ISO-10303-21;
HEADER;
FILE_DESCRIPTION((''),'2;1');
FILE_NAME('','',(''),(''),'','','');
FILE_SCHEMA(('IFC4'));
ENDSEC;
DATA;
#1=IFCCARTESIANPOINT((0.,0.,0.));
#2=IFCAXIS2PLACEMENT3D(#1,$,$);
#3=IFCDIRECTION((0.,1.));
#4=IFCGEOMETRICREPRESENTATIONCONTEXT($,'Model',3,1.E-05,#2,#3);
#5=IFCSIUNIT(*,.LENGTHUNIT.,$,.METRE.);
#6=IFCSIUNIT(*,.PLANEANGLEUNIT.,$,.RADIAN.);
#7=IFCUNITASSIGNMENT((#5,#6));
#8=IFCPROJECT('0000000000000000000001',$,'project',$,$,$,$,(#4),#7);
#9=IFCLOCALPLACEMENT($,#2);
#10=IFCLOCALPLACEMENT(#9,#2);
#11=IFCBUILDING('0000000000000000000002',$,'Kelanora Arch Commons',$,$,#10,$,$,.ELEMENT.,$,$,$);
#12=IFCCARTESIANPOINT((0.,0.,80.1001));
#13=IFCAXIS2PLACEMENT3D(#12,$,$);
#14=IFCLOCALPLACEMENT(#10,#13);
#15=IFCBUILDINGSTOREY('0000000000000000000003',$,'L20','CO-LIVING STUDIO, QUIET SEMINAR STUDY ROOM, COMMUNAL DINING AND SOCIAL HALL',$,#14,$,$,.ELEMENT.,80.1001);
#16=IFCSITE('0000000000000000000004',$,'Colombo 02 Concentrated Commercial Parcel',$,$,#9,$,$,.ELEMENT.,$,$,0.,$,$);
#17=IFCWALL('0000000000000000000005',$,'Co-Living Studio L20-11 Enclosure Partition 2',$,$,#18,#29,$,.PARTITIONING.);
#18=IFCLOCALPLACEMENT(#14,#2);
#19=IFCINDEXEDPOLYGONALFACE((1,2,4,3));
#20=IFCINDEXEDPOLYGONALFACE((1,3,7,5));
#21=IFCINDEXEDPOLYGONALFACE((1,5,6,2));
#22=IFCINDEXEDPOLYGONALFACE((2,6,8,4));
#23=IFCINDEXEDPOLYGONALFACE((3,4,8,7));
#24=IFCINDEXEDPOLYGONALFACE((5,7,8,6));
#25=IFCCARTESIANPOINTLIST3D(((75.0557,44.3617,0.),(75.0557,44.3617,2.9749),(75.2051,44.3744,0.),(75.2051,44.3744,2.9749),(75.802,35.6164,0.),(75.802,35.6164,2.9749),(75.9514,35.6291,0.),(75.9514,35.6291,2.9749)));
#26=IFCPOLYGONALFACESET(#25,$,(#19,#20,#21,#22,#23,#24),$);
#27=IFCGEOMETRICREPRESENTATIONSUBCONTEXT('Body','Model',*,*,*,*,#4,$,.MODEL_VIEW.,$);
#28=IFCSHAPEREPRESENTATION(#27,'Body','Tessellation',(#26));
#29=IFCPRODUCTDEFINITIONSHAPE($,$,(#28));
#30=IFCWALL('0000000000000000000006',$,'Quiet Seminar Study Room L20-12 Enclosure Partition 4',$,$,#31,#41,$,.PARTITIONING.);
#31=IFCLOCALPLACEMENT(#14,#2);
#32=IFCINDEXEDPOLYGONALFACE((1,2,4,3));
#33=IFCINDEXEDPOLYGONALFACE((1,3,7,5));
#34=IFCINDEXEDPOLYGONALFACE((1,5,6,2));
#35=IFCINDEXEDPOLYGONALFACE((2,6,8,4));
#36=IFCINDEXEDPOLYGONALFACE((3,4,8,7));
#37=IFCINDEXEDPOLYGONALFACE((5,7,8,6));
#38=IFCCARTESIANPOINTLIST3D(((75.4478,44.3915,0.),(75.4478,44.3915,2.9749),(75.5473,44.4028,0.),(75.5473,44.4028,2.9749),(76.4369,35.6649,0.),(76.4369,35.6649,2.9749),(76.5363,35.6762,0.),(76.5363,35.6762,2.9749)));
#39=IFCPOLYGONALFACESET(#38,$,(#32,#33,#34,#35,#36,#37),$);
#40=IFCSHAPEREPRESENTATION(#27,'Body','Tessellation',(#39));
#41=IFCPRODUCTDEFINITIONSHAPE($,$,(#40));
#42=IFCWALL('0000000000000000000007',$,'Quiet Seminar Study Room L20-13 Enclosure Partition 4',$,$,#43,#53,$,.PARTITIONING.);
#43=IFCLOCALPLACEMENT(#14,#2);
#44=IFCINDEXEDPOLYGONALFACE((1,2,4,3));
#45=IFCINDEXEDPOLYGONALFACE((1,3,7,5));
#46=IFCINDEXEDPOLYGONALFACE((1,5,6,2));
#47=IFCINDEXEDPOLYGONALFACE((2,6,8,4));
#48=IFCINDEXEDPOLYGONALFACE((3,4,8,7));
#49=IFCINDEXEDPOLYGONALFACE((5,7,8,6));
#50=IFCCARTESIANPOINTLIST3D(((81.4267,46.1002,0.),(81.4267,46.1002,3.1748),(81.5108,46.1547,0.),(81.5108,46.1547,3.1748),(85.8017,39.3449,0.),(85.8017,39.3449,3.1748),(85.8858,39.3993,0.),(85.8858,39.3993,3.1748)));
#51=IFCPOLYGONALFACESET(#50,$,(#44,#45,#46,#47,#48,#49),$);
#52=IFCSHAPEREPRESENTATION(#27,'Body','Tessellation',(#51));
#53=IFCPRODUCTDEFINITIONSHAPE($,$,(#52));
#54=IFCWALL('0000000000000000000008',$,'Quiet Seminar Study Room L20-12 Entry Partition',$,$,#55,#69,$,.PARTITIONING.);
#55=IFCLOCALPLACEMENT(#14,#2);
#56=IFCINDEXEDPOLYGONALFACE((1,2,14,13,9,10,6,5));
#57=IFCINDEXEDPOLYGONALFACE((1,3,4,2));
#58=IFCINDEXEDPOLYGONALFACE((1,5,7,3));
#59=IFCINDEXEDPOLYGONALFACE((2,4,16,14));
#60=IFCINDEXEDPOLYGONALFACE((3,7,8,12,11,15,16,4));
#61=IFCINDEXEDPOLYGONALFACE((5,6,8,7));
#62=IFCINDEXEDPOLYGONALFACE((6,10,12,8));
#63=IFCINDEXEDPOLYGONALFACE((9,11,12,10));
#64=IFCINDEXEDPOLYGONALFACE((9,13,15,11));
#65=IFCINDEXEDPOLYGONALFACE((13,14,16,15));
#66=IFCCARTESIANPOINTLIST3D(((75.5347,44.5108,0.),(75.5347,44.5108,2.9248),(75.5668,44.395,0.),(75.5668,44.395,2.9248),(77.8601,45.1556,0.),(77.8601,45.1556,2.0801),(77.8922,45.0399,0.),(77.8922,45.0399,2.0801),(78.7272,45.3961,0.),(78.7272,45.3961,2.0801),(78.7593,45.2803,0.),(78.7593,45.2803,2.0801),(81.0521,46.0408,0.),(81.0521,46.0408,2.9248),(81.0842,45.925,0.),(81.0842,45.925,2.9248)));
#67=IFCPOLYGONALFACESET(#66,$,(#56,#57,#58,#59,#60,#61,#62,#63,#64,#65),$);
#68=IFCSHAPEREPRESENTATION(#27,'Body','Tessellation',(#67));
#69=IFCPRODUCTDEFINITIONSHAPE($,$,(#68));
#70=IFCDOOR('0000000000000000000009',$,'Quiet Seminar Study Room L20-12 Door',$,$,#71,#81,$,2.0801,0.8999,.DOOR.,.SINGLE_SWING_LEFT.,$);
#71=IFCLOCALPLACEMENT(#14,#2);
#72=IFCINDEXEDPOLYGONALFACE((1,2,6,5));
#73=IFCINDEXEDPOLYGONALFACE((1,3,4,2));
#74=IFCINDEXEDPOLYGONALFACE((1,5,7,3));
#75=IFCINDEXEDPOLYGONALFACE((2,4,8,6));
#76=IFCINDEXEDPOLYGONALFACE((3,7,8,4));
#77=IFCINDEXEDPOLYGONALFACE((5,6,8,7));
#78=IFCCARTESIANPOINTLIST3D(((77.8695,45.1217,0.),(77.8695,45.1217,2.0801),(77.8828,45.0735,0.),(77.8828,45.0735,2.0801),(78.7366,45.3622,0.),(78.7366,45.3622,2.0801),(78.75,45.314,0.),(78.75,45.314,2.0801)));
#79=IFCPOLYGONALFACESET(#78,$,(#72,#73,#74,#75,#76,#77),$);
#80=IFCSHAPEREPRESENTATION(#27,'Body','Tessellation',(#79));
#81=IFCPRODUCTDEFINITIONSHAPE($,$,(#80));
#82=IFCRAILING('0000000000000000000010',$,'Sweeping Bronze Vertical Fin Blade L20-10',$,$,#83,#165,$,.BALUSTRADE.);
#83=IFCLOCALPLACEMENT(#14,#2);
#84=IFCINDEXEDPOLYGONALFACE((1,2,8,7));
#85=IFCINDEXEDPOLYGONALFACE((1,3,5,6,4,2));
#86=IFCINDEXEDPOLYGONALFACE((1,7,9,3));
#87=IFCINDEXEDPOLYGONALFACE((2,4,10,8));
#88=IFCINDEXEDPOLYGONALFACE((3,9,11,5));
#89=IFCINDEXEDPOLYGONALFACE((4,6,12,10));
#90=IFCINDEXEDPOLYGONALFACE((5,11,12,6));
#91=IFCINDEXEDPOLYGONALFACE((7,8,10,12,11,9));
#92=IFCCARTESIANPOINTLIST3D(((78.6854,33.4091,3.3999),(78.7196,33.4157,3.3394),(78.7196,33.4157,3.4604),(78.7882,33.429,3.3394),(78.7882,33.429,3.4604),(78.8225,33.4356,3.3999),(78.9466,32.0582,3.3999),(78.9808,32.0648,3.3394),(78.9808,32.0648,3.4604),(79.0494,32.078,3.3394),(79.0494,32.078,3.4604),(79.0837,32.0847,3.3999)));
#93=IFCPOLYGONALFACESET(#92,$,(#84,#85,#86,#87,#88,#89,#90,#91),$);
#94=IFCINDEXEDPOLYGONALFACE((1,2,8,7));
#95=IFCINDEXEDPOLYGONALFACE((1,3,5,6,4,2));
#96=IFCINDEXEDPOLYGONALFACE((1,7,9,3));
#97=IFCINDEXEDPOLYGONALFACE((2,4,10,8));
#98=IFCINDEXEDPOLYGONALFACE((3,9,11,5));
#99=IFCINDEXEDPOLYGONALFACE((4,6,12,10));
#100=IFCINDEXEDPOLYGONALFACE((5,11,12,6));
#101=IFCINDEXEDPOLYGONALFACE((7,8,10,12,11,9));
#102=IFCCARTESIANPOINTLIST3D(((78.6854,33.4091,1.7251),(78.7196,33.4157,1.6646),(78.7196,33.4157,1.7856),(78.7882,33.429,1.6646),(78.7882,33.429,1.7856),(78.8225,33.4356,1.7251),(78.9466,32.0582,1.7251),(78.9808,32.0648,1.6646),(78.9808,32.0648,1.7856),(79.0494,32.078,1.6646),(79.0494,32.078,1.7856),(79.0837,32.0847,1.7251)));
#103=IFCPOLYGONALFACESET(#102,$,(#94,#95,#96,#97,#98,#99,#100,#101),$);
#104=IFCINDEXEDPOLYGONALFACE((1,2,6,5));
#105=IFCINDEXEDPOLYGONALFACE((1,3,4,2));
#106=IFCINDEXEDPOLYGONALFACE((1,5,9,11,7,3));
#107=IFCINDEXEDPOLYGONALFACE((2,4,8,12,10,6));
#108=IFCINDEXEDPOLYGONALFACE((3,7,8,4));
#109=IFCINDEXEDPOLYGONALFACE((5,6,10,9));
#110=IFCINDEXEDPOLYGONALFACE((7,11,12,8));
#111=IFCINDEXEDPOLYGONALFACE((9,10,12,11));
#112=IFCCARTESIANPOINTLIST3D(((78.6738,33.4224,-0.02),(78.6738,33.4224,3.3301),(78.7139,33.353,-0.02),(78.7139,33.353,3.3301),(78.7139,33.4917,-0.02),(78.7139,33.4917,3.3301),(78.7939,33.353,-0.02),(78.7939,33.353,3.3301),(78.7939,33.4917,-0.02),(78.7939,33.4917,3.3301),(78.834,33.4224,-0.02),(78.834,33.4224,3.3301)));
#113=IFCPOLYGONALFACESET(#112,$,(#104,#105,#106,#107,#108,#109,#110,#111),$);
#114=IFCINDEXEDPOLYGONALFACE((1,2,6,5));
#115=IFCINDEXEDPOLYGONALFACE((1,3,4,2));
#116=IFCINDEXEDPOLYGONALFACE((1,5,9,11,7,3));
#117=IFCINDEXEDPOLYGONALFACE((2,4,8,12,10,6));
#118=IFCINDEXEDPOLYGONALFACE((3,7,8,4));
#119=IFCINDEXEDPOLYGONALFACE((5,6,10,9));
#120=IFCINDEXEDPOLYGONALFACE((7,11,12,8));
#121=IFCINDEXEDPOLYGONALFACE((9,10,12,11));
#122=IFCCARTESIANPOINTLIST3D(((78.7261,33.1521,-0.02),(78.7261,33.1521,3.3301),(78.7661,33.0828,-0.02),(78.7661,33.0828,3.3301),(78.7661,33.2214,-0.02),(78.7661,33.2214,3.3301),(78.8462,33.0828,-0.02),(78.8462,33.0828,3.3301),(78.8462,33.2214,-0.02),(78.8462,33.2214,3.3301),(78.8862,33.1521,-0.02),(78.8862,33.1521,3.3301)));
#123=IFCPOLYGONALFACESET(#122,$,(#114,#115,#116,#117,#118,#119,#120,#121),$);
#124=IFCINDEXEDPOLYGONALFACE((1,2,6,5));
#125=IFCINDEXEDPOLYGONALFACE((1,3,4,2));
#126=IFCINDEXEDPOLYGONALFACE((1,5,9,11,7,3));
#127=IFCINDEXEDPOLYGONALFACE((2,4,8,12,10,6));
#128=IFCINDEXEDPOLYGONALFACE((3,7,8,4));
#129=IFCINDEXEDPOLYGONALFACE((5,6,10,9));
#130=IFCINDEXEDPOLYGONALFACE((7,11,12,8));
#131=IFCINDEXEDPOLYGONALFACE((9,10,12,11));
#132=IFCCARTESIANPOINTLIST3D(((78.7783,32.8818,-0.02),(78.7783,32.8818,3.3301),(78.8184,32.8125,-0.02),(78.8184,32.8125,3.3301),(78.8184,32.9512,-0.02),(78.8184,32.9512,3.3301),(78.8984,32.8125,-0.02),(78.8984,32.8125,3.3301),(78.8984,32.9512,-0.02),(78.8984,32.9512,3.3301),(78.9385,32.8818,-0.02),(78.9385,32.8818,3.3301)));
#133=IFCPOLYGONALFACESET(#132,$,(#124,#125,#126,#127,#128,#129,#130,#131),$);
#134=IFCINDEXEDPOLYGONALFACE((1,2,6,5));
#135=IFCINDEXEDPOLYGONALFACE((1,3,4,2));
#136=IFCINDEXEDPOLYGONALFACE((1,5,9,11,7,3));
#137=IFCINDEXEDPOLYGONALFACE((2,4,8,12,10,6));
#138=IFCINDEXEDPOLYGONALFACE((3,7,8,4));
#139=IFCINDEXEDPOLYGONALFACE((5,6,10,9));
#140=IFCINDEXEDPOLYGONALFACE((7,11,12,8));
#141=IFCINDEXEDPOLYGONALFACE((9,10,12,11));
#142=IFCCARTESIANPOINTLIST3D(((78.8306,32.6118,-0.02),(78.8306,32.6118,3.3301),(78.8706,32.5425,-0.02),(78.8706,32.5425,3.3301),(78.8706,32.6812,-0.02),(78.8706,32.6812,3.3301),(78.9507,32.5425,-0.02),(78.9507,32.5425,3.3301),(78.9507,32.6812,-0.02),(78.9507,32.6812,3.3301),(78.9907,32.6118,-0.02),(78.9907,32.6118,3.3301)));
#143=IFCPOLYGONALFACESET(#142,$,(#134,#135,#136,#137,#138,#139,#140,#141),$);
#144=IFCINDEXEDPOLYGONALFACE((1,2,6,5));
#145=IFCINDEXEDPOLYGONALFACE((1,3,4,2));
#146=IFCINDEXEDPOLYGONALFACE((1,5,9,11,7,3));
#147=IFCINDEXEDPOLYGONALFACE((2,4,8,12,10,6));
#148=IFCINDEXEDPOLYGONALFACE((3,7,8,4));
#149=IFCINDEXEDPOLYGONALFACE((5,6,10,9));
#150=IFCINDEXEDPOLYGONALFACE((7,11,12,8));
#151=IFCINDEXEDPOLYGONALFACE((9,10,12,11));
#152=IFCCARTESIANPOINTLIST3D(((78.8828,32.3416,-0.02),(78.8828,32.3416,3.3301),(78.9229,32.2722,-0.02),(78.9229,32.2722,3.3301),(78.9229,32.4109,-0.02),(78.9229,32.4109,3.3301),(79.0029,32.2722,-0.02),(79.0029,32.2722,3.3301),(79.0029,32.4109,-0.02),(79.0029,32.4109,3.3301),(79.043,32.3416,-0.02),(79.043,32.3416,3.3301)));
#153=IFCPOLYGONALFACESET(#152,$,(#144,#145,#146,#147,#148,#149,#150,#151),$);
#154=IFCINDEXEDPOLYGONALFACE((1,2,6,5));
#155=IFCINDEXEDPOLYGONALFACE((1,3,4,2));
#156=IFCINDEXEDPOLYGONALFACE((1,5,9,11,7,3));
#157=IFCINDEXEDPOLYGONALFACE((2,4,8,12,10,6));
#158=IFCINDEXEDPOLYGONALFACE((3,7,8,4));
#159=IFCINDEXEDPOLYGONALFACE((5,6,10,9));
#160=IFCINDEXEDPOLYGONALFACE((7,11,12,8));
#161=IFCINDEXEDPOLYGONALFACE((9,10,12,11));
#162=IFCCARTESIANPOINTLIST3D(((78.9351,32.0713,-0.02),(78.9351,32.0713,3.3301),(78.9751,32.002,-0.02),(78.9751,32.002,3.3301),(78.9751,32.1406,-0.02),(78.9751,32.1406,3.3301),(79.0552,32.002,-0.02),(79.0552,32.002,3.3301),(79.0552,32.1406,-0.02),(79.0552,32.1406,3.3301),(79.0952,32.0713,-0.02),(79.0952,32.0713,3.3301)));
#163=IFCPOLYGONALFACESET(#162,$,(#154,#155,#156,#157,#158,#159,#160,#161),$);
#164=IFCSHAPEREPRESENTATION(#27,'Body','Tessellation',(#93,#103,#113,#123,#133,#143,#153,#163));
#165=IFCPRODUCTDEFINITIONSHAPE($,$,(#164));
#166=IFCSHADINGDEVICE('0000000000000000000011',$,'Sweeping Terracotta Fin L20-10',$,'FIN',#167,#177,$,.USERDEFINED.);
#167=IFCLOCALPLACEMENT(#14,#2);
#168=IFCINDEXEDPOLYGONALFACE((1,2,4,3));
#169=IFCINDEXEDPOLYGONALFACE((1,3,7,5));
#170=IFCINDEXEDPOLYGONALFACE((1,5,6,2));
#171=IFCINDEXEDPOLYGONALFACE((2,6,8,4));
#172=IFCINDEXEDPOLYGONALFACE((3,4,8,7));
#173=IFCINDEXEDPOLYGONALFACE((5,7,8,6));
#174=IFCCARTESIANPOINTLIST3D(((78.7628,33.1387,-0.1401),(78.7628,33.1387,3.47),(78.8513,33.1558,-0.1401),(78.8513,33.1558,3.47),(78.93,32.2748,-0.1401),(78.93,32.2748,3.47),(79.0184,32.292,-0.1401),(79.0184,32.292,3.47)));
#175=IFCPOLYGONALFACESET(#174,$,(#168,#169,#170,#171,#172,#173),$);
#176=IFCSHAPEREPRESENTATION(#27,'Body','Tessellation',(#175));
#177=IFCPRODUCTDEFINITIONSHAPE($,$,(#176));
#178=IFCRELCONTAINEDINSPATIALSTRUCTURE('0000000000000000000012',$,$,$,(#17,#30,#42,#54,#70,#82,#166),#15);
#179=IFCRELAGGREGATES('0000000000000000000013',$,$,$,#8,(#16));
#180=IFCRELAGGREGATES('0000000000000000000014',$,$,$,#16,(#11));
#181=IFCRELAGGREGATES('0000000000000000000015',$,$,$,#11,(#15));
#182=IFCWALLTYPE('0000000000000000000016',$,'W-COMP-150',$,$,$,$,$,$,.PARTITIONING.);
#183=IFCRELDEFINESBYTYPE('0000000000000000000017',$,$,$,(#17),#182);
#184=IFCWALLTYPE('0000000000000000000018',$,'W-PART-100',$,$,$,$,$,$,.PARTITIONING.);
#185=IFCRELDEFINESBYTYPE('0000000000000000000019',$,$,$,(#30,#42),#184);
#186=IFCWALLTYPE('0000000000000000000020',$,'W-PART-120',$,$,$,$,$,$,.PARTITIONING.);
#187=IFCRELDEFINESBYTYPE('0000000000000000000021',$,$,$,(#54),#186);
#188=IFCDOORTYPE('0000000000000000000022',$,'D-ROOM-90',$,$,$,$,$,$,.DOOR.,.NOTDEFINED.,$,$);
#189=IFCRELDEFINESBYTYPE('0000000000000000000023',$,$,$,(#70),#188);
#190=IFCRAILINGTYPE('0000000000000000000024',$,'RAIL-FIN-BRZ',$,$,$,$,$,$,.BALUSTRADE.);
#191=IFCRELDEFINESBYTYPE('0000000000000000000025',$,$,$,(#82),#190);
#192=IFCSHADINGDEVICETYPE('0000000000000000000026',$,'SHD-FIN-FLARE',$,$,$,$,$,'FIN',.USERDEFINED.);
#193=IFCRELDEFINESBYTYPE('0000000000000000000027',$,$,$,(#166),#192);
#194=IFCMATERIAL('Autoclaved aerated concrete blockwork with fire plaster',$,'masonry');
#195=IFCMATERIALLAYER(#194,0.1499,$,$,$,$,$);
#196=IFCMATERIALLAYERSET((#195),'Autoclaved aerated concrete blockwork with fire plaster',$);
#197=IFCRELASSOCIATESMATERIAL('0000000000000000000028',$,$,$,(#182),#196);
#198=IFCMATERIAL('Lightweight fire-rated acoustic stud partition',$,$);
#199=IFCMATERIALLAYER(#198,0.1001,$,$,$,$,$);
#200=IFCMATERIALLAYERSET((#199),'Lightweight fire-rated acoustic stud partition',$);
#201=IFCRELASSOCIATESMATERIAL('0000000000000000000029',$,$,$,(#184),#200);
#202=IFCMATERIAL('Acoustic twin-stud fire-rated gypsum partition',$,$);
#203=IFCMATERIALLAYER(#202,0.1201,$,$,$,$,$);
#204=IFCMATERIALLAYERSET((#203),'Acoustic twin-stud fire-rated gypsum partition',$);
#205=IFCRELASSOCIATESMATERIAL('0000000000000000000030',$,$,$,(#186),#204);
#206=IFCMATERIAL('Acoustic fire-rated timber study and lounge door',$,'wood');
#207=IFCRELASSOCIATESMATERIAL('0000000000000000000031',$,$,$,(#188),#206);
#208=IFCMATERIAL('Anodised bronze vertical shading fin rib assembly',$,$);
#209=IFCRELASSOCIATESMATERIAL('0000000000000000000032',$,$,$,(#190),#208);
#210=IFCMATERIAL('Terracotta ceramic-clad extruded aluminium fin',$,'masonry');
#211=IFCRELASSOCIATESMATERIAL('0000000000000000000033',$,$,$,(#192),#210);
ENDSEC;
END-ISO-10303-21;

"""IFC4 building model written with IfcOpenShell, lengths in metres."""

from ifc_helpers import new_model, si_unit, direction, frame, frame_2d, origin, origin_2d, place, context, subcontext, project, spatial, polyline, rectangle, outline, extrude, source, transform, mapped, material, layer, layer_set, type_object, element, fill, save


model = new_model("IFC4")

# Units and contexts
model_context = context("Model", 3, precision=1e-05, world=origin(), true_north=direction((0.0, 1.0)))
body_context = subcontext(model_context, "Body", "Model", "MODEL_VIEW")
ifc_project = project(units=[si_unit("LENGTHUNIT", "METRE"), si_unit("PLANEANGLEUNIT", "RADIAN")], contexts=[model_context])

# Site, building, storey
site_placement = place(None, origin())
site = spatial("IfcSite", under=ifc_project, at=site_placement, Name="Colombo 02 Concentrated Commercial Parcel", CompositionType="ELEMENT", RefElevation=0.0)
building_placement = place(site_placement, origin())
building = spatial("IfcBuilding", under=site, at=building_placement, Name="Kelanora Arch Commons", CompositionType="ELEMENT")
storey_placement = place(building_placement, frame((0.0, 0.0, 80.1001)))
storey = spatial("IfcBuildingStorey", under=building, at=storey_placement, Name="L20", Description="CO-LIVING STUDIO, QUIET SEMINAR STUDY ROOM, COMMUNAL DINING AND SOCIAL HALL", CompositionType="ELEMENT", Elevation=80.1001)

# Walls
ifc_material_1 = material(Name="Autoclaved aerated concrete blockwork with fire plaster", Category="masonry")
ifc_layer_1 = layer(ifc_material_1, 0.1499)
ifc_layer_set_1 = layer_set([ifc_layer_1], Name="Autoclaved aerated concrete blockwork with fire plaster")
wall_type_1 = type_object("IfcWallType", Name="W-COMP-150", PredefinedType="PARTITIONING", material=ifc_layer_set_1)
wall_1_placement = place(storey_placement, frame((75.1304, 44.3682, 0.0), z_axis=(0.0, 0.0, 1.0), x_axis=(0.085032, -0.996378, 0.0)))
element("IfcWall", 1, at=wall_1_placement, inside=storey, type_object=wall_type_1, Name="Co-Living Studio L20-11 Enclosure Partition 2", PredefinedType="PARTITIONING", context=body_context, shape_type="SweptSolid", body=[
    extrude(rectangle(XDim=8.7771, YDim=0.1499, at=frame_2d((4.3887, 0.0))), origin(), (0.0, 0.0, 1.0), 2.9749),
])
ifc_material_2 = material(Name="Lightweight fire-rated acoustic stud partition")
ifc_layer_2 = layer(ifc_material_2, 0.1001)
ifc_layer_set_2 = layer_set([ifc_layer_2], Name="Lightweight fire-rated acoustic stud partition")
wall_type_2 = type_object("IfcWallType", Name="W-PART-100", PredefinedType="PARTITIONING", material=ifc_layer_set_2)
wall_2_placement = place(storey_placement, frame((76.4866, 35.6707, 0.0), z_axis=(0.0, 0.0, 1.0), x_axis=(-0.112613, 0.993639, 0.0)))
element("IfcWall", 2, at=wall_2_placement, inside=storey, type_object=wall_type_2, Name="Quiet Seminar Study Room L20-12 Enclosure Partition 4", PredefinedType="PARTITIONING", context=body_context, shape_type="SweptSolid", body=[
    extrude(rectangle(XDim=8.7825, YDim=0.1001, at=frame_2d((4.3911, 0.0))), origin(), (0.0, 0.0, 1.0), 2.9749),
])
wall_3_placement = place(storey_placement, frame((85.8438, 39.3721, 0.0), z_axis=(0.0, 0.0, 1.0), x_axis=(-0.543591, 0.83935, 0.0)))
element("IfcWall", 3, at=wall_3_placement, inside=storey, type_object=wall_type_2, Name="Quiet Seminar Study Room L20-13 Enclosure Partition 4", PredefinedType="PARTITIONING", context=body_context, shape_type="SweptSolid", body=[
    extrude(rectangle(XDim=8.0483, YDim=0.1001, at=frame_2d((4.0242, 0.0))), origin(), (0.0, 0.0, 1.0), 3.1748),
])

# Wall, opening, door
ifc_material_3 = material(Name="Acoustic twin-stud fire-rated gypsum partition")
ifc_layer_3 = layer(ifc_material_3, 0.1201)
ifc_layer_set_3 = layer_set([ifc_layer_3], Name="Acoustic twin-stud fire-rated gypsum partition")
wall_type_3 = type_object("IfcWallType", Name="W-PART-120", PredefinedType="PARTITIONING", material=ifc_layer_set_3)
wall_4_placement = place(storey_placement, frame((75.5508, 44.4529, 0.0), z_axis=(0.0, 0.0, 1.0), x_axis=(0.963633, 0.267228, 0.0)))
wall_4 = element("IfcWall", 4, at=wall_4_placement, inside=storey, type_object=wall_type_3, Name="Quiet Seminar Study Room L20-12 Entry Partition", PredefinedType="PARTITIONING", context=body_context, shape_type="SweptSolid", body=[
    extrude(rectangle(XDim=5.7256, YDim=0.1201, at=frame_2d((2.8628, 0.0))), origin(), (0.0, 0.0, 1.0), 2.9248),
])
opening_placement = place(wall_4_placement, frame((2.4131, 0.0, 0.0)))
opening = element("IfcOpeningElement", 5, at=opening_placement, cuts=wall_4, PredefinedType="OPENING", context=body_context, shape_type="SweptSolid", body=[
    extrude(rectangle(XDim=0.8999, YDim=2.0801, at=frame_2d((0.45, 1.04))), frame((0.0, 0.0701, 0.0), z_axis=(0.0, -1.0, 0.0), x_axis=(1.0, 0.0, 0.0)), (0.0, 0.0, 1.0), 0.1401),
])
ifc_material_4 = material(Name="Acoustic fire-rated timber study and lounge door", Category="wood")
door_type = type_object("IfcDoorType", Name="D-ROOM-90", OperationType="NOTDEFINED", PredefinedType="DOOR", material=ifc_material_4)
door_placement = place(opening_placement, origin())
door = element("IfcDoor", 6, at=door_placement, inside=storey, type_object=door_type, Name="Quiet Seminar Study Room L20-12 Door", OperationType="SINGLE_SWING_LEFT", OverallHeight=2.0801, OverallWidth=0.8999, PredefinedType="DOOR", context=body_context, shape_type="SweptSolid", body=[
    extrude(rectangle(XDim=0.8999, YDim=2.0801, at=frame_2d((0.45, 1.04))), frame((0.0, 0.0249, 0.0), z_axis=(0.0, -1.0, 0.0), x_axis=(1.0, 0.0, 0.0)), (0.0, 0.0, 1.0), 0.05),
])
fill(opening, door)

# Railing
ifc_material_5 = material(Name="Anodised bronze vertical shading fin rib assembly")
railing_type = type_object("IfcRailingType", Name="RAIL-FIN-BRZ", PredefinedType="BALUSTRADE", material=ifc_material_5)
railing_placement = place(storey_placement, frame((78.7539, 33.4224, -0.02)))
element("IfcRailing", 7, at=railing_placement, inside=storey, type_object=railing_type, Name="Sweeping Bronze Vertical Fin Blade L20-10", PredefinedType="BALUSTRADE", context=body_context, shape_type="SweptSolid", body=[
    extrude(outline(polyline([(0.0698, 0.0), (0.0349, 0.0605), (-0.0349, 0.0605), (-0.0698, 0.0), (-0.0349, -0.0605), (0.0349, -0.0605), (0.0698, 0.0)])), frame((0.0, 0.0, 3.4199), z_axis=(0.189834, -0.981816, 0.0), x_axis=(0.981816, 0.189834, 0.0)), (0.0, 0.0, 1.0), 1.376),
    extrude(outline(polyline([(0.0698, 0.0), (0.0349, 0.0605), (-0.0349, 0.0605), (-0.0698, 0.0), (-0.0349, -0.0605), (0.0349, -0.0605), (0.0698, 0.0)])), frame((0.0, 0.0, 1.7451), z_axis=(0.189834, -0.981816, 0.0), x_axis=(0.981816, 0.189834, 0.0)), (0.0, 0.0, 1.0), 1.376),
    extrude(outline(polyline([(0.0801, 0.0), (0.04, 0.0693), (-0.04, 0.0693), (-0.0801, 0.0), (-0.04, -0.0693), (0.04, -0.0693), (0.0801, 0.0)])), origin(), (0.0, 0.0, 1.0), 3.3501),
    extrude(outline(polyline([(0.0801, 0.0), (0.04, 0.0693), (-0.04, 0.0693), (-0.0801, 0.0), (-0.04, -0.0693), (0.04, -0.0693), (0.0801, 0.0)])), frame((0.0522, -0.2703, 0.0)), (0.0, 0.0, 1.0), 3.3501),
    extrude(outline(polyline([(0.0801, 0.0), (0.04, 0.0693), (-0.04, 0.0693), (-0.0801, 0.0), (-0.04, -0.0693), (0.04, -0.0693), (0.0801, 0.0)])), frame((0.1045, -0.5405, 0.0)), (0.0, 0.0, 1.0), 3.3501),
    extrude(outline(polyline([(0.0801, 0.0), (0.04, 0.0693), (-0.04, 0.0693), (-0.0801, 0.0), (-0.04, -0.0693), (0.04, -0.0693), (0.0801, 0.0)])), frame((0.1567, -0.8105, 0.0)), (0.0, 0.0, 1.0), 3.3501),
    extrude(outline(polyline([(0.0801, 0.0), (0.04, 0.0693), (-0.04, 0.0693), (-0.0801, 0.0), (-0.04, -0.0693), (0.04, -0.0693), (0.0801, 0.0)])), frame((0.209, -1.0808, 0.0)), (0.0, 0.0, 1.0), 3.3501),
    extrude(outline(polyline([(0.0801, 0.0), (0.04, 0.0693), (-0.04, 0.0693), (-0.0801, 0.0), (-0.04, -0.0693), (0.04, -0.0693), (0.0801, 0.0)])), frame((0.2612, -1.3511, 0.0)), (0.0, 0.0, 1.0), 3.3501),
])

# Shading device
ifc_material_6 = material(Name="Terracotta ceramic-clad extruded aluminium fin", Category="masonry")
shading_device_type = type_object("IfcShadingDeviceType", Name="SHD-FIN-FLARE", ElementType="FIN", PredefinedType="USERDEFINED", material=ifc_material_6)
shared_shape_1 = source(origin(), body_context, "Body", "SweptSolid", [
    extrude(rectangle(XDim=0.8799, YDim=0.0901, at=origin_2d()), origin(), (0.0, 0.0, 1.0), 3.6101),
])
shading_device_placement = place(storey_placement, frame((78.8906, 32.7153, -0.1401), z_axis=(0.0, 0.0, 1.0), x_axis=(0.189952, -0.981793, 0.0)))
element("IfcShadingDevice", 8, at=shading_device_placement, inside=storey, type_object=shading_device_type, Name="Sweeping Terracotta Fin L20-10", ObjectType="FIN", PredefinedType="USERDEFINED", context=body_context, shape_type="MappedRepresentation", body=[
    mapped(shared_shape_1, transform((0.0, 0.0, 0.0), scale=1.0)),
])

save(model, "model.ifc")
